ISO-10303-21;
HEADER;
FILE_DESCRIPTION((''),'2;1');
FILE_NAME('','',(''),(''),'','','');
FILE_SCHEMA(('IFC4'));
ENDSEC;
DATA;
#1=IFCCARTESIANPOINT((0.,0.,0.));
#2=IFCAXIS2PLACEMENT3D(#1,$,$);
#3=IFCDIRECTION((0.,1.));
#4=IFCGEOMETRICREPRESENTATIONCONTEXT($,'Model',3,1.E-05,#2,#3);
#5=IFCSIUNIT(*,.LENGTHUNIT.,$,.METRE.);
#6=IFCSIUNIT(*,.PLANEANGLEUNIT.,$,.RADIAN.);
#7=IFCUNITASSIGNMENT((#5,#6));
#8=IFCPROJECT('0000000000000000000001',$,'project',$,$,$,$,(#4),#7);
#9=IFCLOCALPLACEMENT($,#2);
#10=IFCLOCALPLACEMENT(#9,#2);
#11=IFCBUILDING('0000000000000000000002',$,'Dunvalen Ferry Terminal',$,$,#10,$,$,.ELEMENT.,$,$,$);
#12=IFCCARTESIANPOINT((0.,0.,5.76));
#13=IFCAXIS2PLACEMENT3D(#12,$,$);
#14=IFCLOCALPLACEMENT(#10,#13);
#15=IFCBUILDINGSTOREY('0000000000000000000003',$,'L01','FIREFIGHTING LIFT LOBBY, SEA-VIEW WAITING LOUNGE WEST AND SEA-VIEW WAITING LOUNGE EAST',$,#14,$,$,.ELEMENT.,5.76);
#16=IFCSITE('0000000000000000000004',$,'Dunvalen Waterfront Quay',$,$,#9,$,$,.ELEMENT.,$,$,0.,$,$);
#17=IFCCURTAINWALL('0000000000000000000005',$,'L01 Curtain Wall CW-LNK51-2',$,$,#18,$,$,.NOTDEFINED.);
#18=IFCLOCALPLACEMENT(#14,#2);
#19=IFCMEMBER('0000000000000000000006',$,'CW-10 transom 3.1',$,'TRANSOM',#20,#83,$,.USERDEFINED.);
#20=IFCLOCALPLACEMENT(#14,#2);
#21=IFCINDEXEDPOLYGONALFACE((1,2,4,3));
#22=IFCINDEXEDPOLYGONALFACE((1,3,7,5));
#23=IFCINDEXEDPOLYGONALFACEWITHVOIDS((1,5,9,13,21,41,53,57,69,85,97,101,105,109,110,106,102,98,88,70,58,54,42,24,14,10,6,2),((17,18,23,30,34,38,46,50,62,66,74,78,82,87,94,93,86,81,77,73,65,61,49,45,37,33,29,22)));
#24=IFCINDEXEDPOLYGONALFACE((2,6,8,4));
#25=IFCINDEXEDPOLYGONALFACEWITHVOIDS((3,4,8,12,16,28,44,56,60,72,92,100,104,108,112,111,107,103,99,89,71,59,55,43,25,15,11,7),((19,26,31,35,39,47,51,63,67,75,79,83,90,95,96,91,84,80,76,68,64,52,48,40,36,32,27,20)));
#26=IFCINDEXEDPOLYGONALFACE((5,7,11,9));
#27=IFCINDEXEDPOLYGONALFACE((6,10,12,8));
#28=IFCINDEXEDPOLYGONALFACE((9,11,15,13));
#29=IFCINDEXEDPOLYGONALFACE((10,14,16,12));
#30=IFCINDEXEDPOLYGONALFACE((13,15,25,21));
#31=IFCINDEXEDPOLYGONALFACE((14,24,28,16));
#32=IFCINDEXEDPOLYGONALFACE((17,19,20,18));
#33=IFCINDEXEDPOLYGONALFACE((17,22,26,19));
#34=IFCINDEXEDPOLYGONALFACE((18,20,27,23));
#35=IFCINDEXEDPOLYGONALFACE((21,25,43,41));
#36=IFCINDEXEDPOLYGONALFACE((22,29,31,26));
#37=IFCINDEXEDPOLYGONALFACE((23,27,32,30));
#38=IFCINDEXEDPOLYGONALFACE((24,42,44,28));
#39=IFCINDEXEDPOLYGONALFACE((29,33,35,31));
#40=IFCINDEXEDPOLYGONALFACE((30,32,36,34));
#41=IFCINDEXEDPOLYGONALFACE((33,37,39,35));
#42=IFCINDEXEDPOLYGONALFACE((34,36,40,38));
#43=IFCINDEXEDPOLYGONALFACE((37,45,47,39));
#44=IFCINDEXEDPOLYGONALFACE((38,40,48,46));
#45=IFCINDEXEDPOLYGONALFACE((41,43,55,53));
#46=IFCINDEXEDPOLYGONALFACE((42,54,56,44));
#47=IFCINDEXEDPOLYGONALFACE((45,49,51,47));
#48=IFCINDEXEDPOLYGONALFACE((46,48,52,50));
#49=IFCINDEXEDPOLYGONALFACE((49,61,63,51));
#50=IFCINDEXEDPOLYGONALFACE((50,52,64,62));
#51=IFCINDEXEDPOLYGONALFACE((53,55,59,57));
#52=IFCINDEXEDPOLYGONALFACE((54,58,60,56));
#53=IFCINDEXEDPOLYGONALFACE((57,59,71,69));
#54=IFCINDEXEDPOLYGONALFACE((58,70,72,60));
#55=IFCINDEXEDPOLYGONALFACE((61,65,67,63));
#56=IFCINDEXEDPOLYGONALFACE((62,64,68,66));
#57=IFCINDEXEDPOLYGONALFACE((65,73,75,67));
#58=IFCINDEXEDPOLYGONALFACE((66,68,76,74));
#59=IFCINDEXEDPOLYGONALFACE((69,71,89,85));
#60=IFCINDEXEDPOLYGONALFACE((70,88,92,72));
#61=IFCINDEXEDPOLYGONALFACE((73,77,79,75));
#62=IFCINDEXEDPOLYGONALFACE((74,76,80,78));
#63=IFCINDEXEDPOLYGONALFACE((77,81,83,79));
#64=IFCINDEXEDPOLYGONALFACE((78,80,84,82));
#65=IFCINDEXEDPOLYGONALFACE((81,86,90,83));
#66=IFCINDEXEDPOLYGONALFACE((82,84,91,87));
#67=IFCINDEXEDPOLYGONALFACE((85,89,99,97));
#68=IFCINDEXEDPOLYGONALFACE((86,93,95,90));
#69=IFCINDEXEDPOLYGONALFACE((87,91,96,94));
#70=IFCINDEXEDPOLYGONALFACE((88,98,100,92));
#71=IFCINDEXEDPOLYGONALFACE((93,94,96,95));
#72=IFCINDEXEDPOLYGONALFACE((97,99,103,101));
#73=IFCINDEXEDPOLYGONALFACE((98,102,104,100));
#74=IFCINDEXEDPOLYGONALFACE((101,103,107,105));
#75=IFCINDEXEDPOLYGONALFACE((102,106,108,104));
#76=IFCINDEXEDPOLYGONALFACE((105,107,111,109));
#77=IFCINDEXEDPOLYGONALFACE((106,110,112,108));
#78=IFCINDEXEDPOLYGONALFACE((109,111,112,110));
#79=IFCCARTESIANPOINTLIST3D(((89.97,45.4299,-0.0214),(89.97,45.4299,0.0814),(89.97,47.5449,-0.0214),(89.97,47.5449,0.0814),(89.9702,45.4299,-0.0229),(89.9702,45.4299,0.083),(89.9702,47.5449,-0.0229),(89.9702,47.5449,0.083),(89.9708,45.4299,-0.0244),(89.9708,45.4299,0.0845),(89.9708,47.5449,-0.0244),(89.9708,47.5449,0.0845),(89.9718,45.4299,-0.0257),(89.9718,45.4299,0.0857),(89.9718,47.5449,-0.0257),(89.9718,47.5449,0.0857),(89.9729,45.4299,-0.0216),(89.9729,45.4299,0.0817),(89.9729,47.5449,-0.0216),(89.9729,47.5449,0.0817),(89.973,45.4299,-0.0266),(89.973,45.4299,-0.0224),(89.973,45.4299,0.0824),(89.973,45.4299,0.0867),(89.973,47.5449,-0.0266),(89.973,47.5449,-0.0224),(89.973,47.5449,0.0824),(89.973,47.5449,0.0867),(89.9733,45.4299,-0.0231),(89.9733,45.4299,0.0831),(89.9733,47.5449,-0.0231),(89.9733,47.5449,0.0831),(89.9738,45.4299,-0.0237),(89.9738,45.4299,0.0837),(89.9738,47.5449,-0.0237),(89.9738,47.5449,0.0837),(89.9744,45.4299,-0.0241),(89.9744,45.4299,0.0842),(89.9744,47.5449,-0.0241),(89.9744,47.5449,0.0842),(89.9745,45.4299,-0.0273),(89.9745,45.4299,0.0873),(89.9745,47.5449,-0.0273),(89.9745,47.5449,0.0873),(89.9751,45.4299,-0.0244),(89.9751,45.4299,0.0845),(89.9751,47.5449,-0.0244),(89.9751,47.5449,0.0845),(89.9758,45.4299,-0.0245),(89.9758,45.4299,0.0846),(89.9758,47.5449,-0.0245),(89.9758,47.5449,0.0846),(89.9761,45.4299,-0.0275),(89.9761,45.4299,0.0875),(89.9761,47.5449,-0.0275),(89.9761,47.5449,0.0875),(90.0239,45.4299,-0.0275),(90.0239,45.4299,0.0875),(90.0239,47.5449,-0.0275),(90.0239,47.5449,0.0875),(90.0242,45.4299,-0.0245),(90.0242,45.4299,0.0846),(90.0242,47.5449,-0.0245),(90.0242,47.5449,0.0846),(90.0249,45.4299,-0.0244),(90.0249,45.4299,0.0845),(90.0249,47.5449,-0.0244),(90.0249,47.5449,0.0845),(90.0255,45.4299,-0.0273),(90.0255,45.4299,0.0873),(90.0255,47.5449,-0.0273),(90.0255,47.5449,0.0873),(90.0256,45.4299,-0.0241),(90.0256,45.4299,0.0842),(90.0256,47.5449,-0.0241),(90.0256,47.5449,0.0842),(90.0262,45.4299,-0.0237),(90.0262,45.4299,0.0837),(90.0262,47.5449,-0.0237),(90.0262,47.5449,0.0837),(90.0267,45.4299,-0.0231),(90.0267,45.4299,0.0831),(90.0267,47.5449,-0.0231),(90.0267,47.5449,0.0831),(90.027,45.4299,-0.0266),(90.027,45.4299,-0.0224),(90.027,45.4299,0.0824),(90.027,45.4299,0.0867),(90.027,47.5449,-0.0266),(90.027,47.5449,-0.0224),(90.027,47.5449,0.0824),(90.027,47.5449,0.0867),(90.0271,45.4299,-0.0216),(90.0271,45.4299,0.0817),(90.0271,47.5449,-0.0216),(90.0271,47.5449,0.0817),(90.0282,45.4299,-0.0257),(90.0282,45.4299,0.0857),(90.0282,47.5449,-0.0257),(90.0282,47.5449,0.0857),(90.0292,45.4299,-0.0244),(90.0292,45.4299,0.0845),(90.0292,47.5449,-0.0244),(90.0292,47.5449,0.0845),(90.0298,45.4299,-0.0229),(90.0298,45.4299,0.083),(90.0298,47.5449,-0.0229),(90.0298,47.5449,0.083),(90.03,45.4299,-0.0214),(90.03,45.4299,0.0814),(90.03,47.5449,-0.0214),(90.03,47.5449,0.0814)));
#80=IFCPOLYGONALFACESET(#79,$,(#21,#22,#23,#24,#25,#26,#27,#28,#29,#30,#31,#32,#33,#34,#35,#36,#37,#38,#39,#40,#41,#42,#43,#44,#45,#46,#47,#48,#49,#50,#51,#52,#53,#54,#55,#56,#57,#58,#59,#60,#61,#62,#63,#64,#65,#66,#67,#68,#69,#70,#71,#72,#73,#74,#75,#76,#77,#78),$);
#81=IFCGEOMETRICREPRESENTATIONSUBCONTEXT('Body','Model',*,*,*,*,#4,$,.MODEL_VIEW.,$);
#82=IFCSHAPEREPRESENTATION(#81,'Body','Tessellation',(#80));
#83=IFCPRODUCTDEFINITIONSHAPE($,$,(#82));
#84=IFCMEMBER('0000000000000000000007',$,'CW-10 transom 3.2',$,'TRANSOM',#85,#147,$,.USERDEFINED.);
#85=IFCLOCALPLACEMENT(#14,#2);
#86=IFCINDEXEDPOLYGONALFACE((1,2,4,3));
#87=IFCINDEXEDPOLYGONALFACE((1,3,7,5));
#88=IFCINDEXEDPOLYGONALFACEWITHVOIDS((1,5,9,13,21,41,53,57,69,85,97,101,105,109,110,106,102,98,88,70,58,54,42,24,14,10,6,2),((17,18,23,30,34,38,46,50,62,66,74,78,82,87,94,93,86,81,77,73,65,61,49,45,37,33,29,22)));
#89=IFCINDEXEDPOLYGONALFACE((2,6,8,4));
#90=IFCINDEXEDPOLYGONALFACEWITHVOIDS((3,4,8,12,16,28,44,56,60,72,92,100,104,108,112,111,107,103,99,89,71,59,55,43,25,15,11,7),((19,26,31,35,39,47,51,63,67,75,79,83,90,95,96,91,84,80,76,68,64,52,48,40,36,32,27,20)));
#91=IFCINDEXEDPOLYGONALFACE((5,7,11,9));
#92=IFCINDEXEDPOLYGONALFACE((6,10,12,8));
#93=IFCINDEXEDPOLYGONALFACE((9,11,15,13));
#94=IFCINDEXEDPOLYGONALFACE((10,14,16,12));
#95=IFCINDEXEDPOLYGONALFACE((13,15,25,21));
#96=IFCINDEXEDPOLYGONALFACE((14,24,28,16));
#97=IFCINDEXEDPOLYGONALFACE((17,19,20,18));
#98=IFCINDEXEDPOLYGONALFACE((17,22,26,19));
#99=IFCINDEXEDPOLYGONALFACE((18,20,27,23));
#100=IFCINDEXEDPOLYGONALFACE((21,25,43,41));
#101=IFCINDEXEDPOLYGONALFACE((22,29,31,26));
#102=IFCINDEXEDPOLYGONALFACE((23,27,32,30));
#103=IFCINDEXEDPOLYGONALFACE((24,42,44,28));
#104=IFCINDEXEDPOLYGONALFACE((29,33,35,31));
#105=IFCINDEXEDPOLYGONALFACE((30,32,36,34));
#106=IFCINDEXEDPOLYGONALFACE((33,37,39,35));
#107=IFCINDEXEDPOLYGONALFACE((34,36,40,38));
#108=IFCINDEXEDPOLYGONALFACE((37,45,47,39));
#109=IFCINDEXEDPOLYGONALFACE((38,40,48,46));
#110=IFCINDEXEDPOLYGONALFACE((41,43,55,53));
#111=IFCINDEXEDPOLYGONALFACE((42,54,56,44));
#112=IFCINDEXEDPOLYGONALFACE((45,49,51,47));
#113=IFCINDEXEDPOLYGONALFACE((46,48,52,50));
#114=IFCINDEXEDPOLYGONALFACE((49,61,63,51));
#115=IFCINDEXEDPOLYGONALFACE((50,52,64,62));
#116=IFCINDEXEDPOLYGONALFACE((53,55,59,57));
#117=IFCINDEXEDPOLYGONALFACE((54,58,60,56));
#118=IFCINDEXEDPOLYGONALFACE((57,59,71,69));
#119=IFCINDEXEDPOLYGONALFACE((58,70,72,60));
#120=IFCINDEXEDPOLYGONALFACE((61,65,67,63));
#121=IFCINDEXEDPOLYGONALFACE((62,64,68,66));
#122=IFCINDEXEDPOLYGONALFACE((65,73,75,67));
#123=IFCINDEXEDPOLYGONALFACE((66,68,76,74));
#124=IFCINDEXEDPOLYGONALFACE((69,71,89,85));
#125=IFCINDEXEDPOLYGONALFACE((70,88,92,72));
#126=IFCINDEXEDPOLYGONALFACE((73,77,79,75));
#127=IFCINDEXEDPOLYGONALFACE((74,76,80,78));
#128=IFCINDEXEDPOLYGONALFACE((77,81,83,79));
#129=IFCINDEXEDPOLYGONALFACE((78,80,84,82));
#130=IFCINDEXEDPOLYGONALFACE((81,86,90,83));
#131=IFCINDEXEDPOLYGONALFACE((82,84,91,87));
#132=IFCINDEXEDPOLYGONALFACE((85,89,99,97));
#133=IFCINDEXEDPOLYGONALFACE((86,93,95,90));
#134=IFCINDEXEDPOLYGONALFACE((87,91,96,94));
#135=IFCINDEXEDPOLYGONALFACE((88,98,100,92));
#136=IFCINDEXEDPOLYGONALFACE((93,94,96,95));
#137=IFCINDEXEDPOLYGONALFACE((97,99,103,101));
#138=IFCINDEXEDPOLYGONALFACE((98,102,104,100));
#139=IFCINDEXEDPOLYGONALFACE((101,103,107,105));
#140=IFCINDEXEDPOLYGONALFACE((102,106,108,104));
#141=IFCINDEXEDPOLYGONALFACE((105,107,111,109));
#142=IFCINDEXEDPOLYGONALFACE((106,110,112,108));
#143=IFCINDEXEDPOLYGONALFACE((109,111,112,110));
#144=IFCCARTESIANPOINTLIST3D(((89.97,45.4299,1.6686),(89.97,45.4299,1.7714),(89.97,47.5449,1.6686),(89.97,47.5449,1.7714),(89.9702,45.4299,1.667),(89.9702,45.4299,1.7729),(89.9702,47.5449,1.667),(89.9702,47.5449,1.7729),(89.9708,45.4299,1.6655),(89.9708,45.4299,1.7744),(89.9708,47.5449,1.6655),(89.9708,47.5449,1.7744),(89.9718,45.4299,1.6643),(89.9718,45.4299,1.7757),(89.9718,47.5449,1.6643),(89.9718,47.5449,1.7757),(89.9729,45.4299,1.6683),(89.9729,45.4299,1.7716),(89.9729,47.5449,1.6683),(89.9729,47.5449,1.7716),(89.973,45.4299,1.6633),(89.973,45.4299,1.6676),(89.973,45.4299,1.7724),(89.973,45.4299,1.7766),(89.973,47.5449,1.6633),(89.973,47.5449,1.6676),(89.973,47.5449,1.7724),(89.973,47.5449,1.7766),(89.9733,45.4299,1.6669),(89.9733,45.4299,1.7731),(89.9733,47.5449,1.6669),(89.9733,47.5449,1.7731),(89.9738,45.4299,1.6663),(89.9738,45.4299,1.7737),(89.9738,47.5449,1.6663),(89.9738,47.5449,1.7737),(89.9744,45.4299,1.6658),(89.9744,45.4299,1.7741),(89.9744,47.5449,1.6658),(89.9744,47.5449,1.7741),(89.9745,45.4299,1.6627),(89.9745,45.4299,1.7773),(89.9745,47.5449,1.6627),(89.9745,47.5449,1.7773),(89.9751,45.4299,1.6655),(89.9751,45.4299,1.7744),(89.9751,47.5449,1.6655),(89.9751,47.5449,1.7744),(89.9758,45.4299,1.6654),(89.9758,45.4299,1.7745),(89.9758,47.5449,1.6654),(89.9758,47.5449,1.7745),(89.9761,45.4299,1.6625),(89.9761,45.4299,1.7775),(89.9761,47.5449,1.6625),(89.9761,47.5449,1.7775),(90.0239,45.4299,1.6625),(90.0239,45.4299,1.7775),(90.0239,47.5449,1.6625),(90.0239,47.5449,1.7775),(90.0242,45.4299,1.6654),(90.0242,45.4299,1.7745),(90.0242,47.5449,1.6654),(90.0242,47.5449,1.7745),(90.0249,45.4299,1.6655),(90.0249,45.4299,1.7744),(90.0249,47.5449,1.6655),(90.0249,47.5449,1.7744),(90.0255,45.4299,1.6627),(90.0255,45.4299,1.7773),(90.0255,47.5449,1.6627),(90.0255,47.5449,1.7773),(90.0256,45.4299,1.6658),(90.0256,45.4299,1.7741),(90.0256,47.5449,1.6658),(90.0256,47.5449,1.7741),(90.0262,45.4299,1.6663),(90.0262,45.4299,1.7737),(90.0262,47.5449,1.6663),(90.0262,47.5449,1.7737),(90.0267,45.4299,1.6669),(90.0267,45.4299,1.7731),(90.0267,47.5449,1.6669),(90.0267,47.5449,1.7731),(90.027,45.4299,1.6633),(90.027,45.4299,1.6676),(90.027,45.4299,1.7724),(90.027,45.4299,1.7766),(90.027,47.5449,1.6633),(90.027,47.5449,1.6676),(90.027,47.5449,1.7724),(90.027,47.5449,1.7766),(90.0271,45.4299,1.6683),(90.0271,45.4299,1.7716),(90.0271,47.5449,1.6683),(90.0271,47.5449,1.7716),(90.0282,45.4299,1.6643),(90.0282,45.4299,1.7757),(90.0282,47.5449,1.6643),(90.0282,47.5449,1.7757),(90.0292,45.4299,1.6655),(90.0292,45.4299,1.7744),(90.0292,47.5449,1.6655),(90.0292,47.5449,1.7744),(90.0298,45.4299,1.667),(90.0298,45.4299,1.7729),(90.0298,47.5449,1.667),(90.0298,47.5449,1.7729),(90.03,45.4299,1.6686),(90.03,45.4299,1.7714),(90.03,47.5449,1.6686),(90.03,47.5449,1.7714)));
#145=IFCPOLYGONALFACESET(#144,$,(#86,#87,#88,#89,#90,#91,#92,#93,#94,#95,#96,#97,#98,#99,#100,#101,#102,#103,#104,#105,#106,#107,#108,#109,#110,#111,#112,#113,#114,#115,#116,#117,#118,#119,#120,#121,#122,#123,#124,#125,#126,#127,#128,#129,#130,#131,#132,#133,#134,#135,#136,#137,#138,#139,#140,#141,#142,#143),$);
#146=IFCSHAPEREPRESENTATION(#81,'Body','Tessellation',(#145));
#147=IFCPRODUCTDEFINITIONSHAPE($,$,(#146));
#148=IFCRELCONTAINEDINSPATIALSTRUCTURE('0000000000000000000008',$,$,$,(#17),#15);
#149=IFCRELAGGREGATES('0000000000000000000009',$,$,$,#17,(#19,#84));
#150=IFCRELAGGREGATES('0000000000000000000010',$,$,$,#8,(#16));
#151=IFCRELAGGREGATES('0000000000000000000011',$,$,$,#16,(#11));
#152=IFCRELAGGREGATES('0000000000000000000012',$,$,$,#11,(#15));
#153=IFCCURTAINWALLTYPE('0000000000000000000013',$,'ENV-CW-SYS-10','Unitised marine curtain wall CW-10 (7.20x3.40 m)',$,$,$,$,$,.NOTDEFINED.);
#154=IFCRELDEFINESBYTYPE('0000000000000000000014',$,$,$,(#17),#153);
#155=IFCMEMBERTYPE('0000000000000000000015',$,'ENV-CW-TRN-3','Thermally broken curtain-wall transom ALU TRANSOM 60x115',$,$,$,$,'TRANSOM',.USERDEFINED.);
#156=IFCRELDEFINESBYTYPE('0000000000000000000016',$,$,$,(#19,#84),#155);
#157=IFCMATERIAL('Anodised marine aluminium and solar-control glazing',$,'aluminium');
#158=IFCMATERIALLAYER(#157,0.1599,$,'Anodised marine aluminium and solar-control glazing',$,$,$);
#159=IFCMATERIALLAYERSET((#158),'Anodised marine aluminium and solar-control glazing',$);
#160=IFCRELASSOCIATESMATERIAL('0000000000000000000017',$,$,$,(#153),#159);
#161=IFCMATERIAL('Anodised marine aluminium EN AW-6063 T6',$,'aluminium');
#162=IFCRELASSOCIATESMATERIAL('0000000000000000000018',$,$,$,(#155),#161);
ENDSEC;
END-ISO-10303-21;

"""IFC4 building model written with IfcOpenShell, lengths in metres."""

from ifc_helpers import new_model, si_unit, direction, frame, origin, origin_2d, place, context, subcontext, project, spatial, hollow_rectangle, extrude, material, layer, layer_set, material_profile, profile_set, type_object, element, aggregate, save


model = new_model("IFC4")

# Units and contexts
model_context = context("Model", 3, precision=1e-05, world=origin(), true_north=direction((0.0, 1.0)))
body_context = subcontext(model_context, "Body", "Model", "MODEL_VIEW")
ifc_project = project(units=[si_unit("LENGTHUNIT", "METRE"), si_unit("PLANEANGLEUNIT", "RADIAN")], contexts=[model_context])

# Site, building, storey
site_placement = place(None, origin())
site = spatial("IfcSite", under=ifc_project, at=site_placement, Name="Dunvalen Waterfront Quay", CompositionType="ELEMENT", RefElevation=0.0)
building_placement = place(site_placement, origin())
building = spatial("IfcBuilding", under=site, at=building_placement, Name="Dunvalen Ferry Terminal", CompositionType="ELEMENT")
storey_placement = place(building_placement, frame((0.0, 0.0, 5.76)))
storey = spatial("IfcBuildingStorey", under=building, at=storey_placement, Name="L01", Description="FIREFIGHTING LIFT LOBBY, SEA-VIEW WAITING LOUNGE WEST AND SEA-VIEW WAITING LOUNGE EAST", CompositionType="ELEMENT", Elevation=5.76)

# Shared definitions
ifc_material_1 = material(Name="Anodised marine aluminium and solar-control glazing", Category="aluminium")
ifc_material_2 = material(Name="Anodised marine aluminium EN AW-6063 T6", Category="aluminium")

# Curtain wall
ifc_layer_1 = layer(ifc_material_1, 0.1599, Name="Anodised marine aluminium and solar-control glazing")
ifc_layer_set_1 = layer_set([ifc_layer_1], Name="Anodised marine aluminium and solar-control glazing")
curtain_wall_type_1 = type_object("IfcCurtainWallType", Name="ENV-CW-SYS-10", Description="Unitised marine curtain wall CW-10 (7.20x3.40 m)", PredefinedType="NOTDEFINED", material=ifc_layer_set_1)
curtain_wall_1_placement = place(storey_placement, origin())
curtain_wall_1 = element("IfcCurtainWall", 1, at=curtain_wall_1_placement, inside=storey, type_object=curtain_wall_type_1, Name="L01 Curtain Wall CW-LNK51-2", PredefinedType="NOTDEFINED")

# Members
ifc_material_profile_1 = material_profile(ifc_material_2, hollow_rectangle(XDim=0.0601, YDim=0.115, WallThickness=0.0029, InnerFilletRadius=0.0029, OuterFilletRadius=0.0061, at=origin_2d()), Name="Anodised marine aluminium EN AW-6063 T6")
ifc_profile_set_1 = profile_set([ifc_material_profile_1], Name="Anodised marine aluminium EN AW-6063 T6")
member_type_1 = type_object("IfcMemberType", Name="ENV-CW-TRN-3", Description="Thermally broken curtain-wall transom ALU TRANSOM 60x115", ElementType="TRANSOM", PredefinedType="USERDEFINED", material=ifc_profile_set_1)
member_1_placement = place(storey_placement, frame((90.0, 45.4299, 0.03), z_axis=(0.0, 1.0, 0.0), x_axis=(-1.0, 0.0, 0.0)))
member_1 = element("IfcMember", 2, at=member_1_placement, type_object=member_type_1, Name="CW-10 transom 3.1", ObjectType="TRANSOM", PredefinedType="USERDEFINED", context=body_context, shape_type="SweptSolid", body=[
    extrude(hollow_rectangle(XDim=0.0601, YDim=0.115, WallThickness=0.0029, InnerFilletRadius=0.0029, OuterFilletRadius=0.0061, at=origin_2d()), origin(), (0.0, 0.0, 1.0), 2.115),
])
member_2_placement = place(storey_placement, frame((90.0, 45.4299, 1.72), z_axis=(0.0, 1.0, 0.0), x_axis=(-1.0, 0.0, 0.0)))
member_2 = element("IfcMember", 3, at=member_2_placement, type_object=member_type_1, Name="CW-10 transom 3.2", ObjectType="TRANSOM", PredefinedType="USERDEFINED", context=body_context, shape_type="SweptSolid", body=[
    extrude(hollow_rectangle(XDim=0.0601, YDim=0.115, WallThickness=0.0029, InnerFilletRadius=0.0029, OuterFilletRadius=0.0061, at=origin_2d()), origin(), (0.0, 0.0, 1.0), 2.115),
])

aggregate(curtain_wall_1, [member_1, member_2])

save(model, "model.ifc")
